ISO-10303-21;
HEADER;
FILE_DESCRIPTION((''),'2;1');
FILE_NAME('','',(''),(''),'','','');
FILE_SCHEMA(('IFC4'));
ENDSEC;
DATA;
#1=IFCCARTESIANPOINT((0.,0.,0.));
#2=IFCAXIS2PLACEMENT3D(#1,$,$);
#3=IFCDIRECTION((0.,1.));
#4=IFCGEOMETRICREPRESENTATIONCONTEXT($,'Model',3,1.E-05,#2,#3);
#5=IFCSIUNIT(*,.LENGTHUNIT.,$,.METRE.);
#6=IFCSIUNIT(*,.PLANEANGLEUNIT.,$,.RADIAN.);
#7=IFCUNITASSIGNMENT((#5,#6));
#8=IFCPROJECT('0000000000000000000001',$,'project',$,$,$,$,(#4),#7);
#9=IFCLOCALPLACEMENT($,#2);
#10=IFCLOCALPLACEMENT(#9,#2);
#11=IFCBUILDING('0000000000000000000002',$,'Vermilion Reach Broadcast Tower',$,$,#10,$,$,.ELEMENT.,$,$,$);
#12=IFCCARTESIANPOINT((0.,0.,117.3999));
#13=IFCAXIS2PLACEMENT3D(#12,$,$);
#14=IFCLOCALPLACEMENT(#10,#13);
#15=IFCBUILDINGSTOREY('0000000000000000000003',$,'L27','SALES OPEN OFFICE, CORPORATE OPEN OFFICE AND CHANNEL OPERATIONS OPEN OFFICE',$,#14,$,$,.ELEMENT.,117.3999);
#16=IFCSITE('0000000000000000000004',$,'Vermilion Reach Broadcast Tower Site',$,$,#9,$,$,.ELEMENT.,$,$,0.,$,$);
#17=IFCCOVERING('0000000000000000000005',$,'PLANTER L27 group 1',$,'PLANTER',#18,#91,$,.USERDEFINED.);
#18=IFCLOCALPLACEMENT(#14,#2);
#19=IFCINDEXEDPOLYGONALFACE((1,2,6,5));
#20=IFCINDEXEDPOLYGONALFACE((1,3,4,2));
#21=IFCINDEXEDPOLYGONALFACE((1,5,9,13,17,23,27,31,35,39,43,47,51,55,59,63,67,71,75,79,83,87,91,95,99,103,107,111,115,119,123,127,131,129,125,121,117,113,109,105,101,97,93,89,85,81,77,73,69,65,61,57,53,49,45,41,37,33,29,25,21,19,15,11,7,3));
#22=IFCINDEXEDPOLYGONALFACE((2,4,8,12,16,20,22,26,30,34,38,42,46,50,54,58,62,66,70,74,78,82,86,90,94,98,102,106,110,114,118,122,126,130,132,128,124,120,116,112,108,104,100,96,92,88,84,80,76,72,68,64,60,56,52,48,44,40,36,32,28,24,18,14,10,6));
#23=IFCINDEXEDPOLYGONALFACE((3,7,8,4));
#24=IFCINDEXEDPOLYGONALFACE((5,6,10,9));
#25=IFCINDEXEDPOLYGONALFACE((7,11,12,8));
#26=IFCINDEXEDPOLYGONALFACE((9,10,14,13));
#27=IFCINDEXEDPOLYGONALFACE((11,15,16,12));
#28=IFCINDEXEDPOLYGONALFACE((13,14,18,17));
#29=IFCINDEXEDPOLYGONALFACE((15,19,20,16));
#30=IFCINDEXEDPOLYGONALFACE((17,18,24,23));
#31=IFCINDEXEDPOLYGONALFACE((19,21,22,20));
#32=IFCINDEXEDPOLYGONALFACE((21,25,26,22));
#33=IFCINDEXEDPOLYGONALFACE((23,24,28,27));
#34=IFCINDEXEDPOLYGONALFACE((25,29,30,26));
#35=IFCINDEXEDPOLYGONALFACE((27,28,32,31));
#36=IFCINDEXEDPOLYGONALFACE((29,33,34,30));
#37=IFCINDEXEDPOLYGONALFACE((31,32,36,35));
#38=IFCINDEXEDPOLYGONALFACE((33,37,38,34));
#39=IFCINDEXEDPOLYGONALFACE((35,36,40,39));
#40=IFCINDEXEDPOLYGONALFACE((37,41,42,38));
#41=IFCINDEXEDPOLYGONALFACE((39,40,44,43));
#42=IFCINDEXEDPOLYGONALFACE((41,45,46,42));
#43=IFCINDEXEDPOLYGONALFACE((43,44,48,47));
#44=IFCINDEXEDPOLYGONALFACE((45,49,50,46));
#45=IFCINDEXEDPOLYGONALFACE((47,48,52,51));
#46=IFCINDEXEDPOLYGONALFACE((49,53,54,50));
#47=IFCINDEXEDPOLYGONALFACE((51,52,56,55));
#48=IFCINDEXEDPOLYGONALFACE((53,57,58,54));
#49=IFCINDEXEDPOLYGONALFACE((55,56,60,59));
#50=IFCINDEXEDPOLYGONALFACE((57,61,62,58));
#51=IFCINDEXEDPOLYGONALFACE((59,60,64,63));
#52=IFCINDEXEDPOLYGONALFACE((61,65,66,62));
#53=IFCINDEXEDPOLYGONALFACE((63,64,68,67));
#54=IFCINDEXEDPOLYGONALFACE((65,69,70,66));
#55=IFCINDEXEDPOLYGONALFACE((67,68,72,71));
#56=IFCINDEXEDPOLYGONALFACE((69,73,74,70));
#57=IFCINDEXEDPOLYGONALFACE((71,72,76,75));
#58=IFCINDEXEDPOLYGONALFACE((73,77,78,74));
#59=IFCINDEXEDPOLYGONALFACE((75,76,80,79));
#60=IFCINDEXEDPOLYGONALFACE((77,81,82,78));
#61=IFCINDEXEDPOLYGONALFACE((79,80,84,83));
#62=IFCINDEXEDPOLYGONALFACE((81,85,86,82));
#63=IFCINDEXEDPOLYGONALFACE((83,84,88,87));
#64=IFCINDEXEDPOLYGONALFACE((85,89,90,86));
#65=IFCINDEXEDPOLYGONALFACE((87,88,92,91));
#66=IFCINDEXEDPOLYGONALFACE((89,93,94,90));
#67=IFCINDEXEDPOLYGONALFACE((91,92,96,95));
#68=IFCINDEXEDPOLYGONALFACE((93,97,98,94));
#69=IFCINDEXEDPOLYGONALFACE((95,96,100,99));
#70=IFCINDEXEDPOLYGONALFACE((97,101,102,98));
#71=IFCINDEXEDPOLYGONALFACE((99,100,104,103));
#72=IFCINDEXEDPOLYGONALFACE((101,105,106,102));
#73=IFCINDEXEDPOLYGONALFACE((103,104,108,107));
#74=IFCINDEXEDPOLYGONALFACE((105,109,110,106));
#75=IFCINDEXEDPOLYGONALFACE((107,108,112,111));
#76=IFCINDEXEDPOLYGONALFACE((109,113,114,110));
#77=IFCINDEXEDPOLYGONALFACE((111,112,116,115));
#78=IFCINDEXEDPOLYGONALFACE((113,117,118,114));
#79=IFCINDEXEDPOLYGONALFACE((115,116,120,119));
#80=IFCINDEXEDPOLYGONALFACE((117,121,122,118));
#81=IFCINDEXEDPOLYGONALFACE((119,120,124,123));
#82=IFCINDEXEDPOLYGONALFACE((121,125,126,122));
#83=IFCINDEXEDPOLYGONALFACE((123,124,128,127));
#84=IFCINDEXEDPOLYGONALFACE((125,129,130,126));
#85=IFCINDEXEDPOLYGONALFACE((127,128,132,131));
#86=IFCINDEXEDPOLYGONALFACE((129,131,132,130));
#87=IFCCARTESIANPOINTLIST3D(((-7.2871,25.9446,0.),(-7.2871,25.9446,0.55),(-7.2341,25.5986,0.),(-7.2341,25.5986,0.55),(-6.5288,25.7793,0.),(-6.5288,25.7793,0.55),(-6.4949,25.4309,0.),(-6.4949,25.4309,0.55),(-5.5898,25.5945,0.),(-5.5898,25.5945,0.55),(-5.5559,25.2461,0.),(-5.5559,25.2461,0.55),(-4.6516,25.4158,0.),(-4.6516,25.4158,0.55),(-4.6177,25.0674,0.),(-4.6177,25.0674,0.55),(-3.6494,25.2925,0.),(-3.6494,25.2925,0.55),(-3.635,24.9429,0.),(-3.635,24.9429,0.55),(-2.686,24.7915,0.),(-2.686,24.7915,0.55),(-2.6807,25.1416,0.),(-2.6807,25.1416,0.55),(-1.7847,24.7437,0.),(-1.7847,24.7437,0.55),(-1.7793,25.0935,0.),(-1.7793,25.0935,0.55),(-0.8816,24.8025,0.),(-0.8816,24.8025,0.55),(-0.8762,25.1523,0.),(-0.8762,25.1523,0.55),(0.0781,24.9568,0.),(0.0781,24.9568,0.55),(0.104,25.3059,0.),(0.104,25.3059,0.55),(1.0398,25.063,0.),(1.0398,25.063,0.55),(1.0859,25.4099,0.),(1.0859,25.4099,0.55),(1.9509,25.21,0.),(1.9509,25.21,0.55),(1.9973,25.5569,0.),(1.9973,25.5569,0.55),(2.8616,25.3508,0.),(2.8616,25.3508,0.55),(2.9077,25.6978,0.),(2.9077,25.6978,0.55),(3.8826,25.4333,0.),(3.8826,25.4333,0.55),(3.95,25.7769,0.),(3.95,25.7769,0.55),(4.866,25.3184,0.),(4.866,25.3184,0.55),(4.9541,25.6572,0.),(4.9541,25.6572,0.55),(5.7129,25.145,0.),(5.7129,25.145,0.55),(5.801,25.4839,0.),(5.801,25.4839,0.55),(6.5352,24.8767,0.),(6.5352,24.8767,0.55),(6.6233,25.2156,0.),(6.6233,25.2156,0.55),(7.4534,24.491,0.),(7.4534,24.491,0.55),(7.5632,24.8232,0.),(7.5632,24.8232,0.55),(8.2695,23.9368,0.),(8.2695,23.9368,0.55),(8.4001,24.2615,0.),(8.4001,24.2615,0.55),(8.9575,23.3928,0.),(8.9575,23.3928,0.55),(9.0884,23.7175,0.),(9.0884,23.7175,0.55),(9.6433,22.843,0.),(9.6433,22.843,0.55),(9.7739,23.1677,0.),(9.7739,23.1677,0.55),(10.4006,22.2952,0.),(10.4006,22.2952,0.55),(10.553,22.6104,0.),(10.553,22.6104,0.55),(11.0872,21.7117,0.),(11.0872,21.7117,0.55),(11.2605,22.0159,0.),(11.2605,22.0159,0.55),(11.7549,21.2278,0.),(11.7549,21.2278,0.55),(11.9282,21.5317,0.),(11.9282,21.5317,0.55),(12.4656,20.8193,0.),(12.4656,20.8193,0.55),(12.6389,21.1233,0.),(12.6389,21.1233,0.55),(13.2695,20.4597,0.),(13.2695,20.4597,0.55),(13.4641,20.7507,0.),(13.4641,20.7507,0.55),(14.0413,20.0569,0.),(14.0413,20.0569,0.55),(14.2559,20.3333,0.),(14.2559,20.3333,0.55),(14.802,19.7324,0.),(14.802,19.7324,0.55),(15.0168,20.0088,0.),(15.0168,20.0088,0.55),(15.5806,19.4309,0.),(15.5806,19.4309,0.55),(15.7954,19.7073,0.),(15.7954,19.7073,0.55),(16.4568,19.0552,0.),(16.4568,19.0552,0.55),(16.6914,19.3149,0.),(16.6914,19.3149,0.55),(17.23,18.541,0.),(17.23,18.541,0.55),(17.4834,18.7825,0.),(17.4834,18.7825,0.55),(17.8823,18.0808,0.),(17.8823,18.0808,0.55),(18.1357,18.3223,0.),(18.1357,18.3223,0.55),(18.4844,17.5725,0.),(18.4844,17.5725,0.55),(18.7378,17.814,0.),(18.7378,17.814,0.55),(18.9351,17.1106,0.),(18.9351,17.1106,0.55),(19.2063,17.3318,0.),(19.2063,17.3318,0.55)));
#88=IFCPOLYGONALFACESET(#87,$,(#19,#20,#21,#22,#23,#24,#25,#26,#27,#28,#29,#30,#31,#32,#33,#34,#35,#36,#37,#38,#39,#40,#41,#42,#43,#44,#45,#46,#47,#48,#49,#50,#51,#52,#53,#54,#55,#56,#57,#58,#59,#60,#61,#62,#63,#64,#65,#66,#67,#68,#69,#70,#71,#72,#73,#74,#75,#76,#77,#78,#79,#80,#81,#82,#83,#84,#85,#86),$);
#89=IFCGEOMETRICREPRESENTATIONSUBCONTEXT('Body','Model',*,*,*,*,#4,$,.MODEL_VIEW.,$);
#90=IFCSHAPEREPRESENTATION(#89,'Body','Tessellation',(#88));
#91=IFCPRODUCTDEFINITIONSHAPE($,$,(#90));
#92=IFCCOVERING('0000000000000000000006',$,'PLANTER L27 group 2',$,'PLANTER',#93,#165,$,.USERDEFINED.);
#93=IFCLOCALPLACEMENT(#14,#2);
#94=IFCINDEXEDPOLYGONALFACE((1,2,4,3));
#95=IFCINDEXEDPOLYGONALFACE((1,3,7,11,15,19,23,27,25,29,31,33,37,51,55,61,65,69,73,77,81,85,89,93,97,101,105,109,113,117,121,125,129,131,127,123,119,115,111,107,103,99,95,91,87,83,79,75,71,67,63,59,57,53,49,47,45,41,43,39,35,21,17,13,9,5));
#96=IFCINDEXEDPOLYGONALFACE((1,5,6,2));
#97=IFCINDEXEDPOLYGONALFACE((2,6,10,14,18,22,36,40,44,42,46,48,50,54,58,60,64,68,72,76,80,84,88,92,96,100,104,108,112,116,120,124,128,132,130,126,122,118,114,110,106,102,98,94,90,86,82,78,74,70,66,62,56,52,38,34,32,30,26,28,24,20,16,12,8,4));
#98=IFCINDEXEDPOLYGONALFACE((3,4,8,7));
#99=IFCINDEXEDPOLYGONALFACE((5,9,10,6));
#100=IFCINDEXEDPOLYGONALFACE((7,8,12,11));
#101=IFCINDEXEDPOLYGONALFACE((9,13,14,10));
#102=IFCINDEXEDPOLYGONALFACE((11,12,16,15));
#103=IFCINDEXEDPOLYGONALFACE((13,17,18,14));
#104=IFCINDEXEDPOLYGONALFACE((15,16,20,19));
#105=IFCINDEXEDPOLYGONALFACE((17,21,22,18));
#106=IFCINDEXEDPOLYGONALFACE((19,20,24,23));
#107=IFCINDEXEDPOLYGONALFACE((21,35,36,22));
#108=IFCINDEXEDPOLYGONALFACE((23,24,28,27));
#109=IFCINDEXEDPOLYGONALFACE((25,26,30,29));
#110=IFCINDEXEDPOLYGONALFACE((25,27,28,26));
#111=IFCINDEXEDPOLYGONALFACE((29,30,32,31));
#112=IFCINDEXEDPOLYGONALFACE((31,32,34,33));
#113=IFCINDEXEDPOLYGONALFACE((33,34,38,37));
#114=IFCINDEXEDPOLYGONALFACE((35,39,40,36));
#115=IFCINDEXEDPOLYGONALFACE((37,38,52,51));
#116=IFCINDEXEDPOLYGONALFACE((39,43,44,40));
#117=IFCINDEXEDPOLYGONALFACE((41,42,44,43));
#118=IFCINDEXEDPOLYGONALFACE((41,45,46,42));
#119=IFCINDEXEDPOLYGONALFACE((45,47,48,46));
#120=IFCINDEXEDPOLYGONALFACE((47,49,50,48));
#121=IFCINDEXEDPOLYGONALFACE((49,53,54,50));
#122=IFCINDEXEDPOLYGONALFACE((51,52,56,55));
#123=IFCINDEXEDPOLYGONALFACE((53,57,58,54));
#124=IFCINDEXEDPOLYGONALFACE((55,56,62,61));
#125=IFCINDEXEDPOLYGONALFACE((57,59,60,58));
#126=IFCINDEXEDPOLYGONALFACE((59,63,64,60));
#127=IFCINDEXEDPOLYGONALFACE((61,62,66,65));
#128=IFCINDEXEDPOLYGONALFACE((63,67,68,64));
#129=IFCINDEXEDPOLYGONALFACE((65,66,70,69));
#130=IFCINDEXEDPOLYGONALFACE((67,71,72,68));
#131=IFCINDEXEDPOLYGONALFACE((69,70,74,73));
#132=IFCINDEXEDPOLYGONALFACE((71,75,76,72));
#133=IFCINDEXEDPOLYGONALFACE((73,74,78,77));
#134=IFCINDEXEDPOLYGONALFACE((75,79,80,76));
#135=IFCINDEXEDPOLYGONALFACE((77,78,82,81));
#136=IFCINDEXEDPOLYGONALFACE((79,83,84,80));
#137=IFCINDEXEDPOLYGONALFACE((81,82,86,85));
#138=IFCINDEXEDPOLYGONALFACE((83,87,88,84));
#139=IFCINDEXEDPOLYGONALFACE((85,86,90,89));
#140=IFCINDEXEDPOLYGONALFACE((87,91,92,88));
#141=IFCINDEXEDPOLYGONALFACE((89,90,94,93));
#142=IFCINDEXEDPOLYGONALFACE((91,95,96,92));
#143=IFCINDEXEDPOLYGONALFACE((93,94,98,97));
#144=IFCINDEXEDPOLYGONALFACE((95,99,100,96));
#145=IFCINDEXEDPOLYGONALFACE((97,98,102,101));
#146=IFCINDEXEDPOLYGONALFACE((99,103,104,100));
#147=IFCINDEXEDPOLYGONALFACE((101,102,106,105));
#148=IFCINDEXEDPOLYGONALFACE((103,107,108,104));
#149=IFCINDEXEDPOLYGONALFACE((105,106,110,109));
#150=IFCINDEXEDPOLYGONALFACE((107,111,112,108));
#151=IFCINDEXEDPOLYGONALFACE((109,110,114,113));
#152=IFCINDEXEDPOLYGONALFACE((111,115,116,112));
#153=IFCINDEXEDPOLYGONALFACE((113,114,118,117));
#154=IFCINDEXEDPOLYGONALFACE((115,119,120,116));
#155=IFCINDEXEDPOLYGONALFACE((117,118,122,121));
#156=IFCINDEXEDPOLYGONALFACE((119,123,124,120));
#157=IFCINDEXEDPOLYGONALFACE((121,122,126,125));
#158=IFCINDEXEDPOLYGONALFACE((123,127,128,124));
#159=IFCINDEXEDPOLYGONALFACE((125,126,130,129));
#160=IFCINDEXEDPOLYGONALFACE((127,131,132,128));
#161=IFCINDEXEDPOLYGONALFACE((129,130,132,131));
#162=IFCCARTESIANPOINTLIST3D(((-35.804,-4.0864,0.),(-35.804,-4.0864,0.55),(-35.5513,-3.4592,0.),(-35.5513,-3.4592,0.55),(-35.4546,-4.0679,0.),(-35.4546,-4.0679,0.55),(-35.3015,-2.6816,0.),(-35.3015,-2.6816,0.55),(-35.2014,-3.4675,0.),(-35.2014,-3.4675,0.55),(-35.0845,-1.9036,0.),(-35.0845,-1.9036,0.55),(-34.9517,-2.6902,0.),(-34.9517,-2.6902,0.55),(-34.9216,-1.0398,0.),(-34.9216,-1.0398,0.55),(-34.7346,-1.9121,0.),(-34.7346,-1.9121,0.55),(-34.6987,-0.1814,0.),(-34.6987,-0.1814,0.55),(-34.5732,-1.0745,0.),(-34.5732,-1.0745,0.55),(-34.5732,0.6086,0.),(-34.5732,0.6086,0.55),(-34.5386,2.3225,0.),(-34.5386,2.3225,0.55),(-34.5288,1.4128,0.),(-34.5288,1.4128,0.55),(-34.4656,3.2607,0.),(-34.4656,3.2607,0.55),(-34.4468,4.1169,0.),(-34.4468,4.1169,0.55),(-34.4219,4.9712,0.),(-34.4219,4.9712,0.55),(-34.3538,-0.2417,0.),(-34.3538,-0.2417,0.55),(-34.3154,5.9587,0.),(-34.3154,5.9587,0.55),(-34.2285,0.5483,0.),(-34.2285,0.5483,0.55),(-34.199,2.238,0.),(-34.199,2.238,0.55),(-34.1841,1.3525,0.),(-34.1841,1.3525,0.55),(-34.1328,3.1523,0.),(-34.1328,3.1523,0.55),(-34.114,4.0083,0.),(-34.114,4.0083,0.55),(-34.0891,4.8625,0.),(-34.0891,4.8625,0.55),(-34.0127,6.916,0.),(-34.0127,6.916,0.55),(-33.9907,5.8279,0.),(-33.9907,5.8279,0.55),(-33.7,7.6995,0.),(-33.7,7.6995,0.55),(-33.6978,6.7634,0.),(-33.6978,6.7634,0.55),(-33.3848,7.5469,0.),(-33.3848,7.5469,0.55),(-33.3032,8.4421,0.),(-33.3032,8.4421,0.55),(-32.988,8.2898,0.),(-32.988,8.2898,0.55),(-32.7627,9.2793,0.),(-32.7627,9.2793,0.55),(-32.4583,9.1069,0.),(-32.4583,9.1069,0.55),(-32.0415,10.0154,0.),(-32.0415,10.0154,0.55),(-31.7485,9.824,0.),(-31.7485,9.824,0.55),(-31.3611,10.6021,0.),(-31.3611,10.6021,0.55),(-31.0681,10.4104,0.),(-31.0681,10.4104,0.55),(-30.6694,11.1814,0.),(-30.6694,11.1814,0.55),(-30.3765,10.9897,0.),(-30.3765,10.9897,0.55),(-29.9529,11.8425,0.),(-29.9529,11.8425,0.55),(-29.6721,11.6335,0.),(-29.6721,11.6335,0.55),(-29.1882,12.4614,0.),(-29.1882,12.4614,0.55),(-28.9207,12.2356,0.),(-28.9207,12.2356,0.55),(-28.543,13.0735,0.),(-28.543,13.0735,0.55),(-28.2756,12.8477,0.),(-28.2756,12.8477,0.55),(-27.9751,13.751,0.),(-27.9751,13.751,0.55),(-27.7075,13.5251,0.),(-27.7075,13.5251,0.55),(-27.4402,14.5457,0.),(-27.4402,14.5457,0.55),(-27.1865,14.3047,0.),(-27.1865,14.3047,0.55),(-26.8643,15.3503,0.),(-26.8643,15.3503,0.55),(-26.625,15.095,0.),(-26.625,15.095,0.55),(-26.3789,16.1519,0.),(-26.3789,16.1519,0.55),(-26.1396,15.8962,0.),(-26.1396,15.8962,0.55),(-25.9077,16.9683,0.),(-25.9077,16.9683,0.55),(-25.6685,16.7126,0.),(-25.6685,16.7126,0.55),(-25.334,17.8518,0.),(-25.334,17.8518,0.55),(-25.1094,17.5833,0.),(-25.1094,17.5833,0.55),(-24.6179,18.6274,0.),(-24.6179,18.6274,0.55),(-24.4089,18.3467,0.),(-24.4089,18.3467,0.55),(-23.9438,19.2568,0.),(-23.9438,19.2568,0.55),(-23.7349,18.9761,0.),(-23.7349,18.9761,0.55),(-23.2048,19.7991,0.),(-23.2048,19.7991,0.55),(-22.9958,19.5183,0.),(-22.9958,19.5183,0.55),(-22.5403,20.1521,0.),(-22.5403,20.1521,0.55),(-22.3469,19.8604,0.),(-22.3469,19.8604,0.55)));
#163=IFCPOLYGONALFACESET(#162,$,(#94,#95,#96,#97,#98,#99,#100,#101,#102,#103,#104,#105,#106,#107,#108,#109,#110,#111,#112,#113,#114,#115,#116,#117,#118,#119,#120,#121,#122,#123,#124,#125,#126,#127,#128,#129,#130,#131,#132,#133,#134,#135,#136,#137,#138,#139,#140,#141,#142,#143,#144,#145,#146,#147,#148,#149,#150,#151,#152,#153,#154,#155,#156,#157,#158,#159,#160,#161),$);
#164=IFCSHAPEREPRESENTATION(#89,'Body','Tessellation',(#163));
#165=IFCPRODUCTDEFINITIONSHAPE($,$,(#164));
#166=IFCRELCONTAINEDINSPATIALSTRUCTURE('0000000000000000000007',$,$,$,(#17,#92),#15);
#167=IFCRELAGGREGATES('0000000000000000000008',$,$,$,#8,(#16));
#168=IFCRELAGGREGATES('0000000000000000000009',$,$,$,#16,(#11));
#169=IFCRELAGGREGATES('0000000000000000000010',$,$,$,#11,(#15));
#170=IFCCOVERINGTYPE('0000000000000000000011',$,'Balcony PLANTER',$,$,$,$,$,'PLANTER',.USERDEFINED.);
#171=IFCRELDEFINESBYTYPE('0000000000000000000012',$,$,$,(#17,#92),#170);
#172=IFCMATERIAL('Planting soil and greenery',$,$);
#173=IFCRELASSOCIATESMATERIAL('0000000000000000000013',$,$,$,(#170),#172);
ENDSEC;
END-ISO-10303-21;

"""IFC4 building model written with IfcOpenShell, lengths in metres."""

from ifc_helpers import new_model, si_unit, direction, frame, origin, place, context, subcontext, project, spatial, polyline, outline, extrude, material, type_object, element, save


model = new_model("IFC4")

# Units and contexts
model_context = context("Model", 3, precision=1e-05, world=origin(), true_north=direction((0.0, 1.0)))
body_context = subcontext(model_context, "Body", "Model", "MODEL_VIEW")
ifc_project = project(units=[si_unit("LENGTHUNIT", "METRE"), si_unit("PLANEANGLEUNIT", "RADIAN")], contexts=[model_context])

# Site, building, storey
site_placement = place(None, origin())
site = spatial("IfcSite", under=ifc_project, at=site_placement, Name="Vermilion Reach Broadcast Tower Site", CompositionType="ELEMENT", RefElevation=0.0)
building_placement = place(site_placement, origin())
building = spatial("IfcBuilding", under=site, at=building_placement, Name="Vermilion Reach Broadcast Tower", CompositionType="ELEMENT")
storey_placement = place(building_placement, frame((0.0, 0.0, 117.3999)))
storey = spatial("IfcBuildingStorey", under=building, at=storey_placement, Name="L27", Description="SALES OPEN OFFICE, CORPORATE OPEN OFFICE AND CHANNEL OPERATIONS OPEN OFFICE", CompositionType="ELEMENT", Elevation=117.3999)

# Shared definitions
placement_1 = place(storey_placement, origin())

# Coverings
ifc_material_1 = material(Name="Planting soil and greenery")
covering_type = type_object("IfcCoveringType", Name="Balcony PLANTER", ElementType="PLANTER", PredefinedType="USERDEFINED", material=ifc_material_1)
element("IfcCovering", 1, at=placement_1, inside=storey, type_object=covering_type, Name="PLANTER L27 group 1", ObjectType="PLANTER", PredefinedType="USERDEFINED", context=body_context, shape_type="SweptSolid", body=[
    extrude(outline(polyline([(19.2063, 17.3318), (18.7378, 17.814), (18.1357, 18.3223), (17.4834, 18.7825), (16.6914, 19.3149), (15.7954, 19.7073), (15.0168, 20.0088), (14.2559, 20.3333), (13.4641, 20.7507), (12.6389, 21.1233), (11.9282, 21.5317), (11.2605, 22.0159), (10.553, 22.6104), (9.7739, 23.1677), (9.0884, 23.7175), (8.4001, 24.2615), (7.5632, 24.8232), (6.6233, 25.2156), (5.801, 25.4839), (4.9541, 25.6572), (3.95, 25.7769), (2.9077, 25.6978), (1.9973, 25.5569), (1.0859, 25.4099), (0.104, 25.3059), (-0.8762, 25.1523), (-1.7793, 25.0935), (-2.6807, 25.1416), (-3.6494, 25.2925), (-4.6516, 25.4158), (-5.5898, 25.5945), (-6.5288, 25.7793), (-7.2871, 25.9446), (-7.2341, 25.5986), (-6.4949, 25.4309), (-5.5559, 25.2461), (-4.6177, 25.0674), (-3.635, 24.9429), (-2.686, 24.7915), (-1.7847, 24.7437), (-0.8816, 24.8025), (0.0781, 24.9568), (1.0398, 25.063), (1.9509, 25.21), (2.8616, 25.3508), (3.8826, 25.4333), (4.866, 25.3184), (5.7129, 25.145), (6.5352, 24.8767), (7.4534, 24.491), (8.2695, 23.9368), (8.9575, 23.3928), (9.6433, 22.843), (10.4006, 22.2952), (11.0872, 21.7117), (11.7549, 21.2278), (12.4656, 20.8193), (13.2695, 20.4597), (14.0413, 20.0569), (14.802, 19.7324), (15.5806, 19.4309), (16.4568, 19.0552), (17.23, 18.541), (17.8823, 18.0808), (18.4844, 17.5725), (18.9351, 17.1106), (19.2063, 17.3318)])), origin(), (0.0, 0.0, 1.0), 0.55),
])
element("IfcCovering", 2, at=placement_1, inside=storey, type_object=covering_type, Name="PLANTER L27 group 2", ObjectType="PLANTER", PredefinedType="USERDEFINED", context=body_context, shape_type="SweptSolid", body=[
    extrude(outline(polyline([(-22.5403, 20.1521), (-23.2048, 19.7991), (-23.9438, 19.2568), (-24.6179, 18.6274), (-25.334, 17.8518), (-25.9077, 16.9683), (-26.3789, 16.1519), (-26.8643, 15.3503), (-27.4402, 14.5457), (-27.9751, 13.751), (-28.543, 13.0735), (-29.1882, 12.4614), (-29.9529, 11.8425), (-30.6694, 11.1814), (-31.3611, 10.6021), (-32.0415, 10.0154), (-32.7627, 9.2793), (-33.3032, 8.4421), (-33.7, 7.6995), (-34.0127, 6.916), (-34.3154, 5.9587), (-34.4219, 4.9712), (-34.4468, 4.1169), (-34.4656, 3.2607), (-34.5386, 2.3225), (-34.5288, 1.4128), (-34.5732, 0.6086), (-34.6987, -0.1814), (-34.9216, -1.0398), (-35.0845, -1.9036), (-35.3015, -2.6816), (-35.5513, -3.4592), (-35.804, -4.0864), (-35.4546, -4.0679), (-35.2014, -3.4675), (-34.9517, -2.6902), (-34.7346, -1.9121), (-34.5732, -1.0745), (-34.3538, -0.2417), (-34.2285, 0.5483), (-34.1841, 1.3525), (-34.199, 2.238), (-34.1328, 3.1523), (-34.114, 4.0083), (-34.0891, 4.8625), (-33.9907, 5.8279), (-33.6978, 6.7634), (-33.3848, 7.5469), (-32.988, 8.2898), (-32.4583, 9.1069), (-31.7485, 9.824), (-31.0681, 10.4104), (-30.3765, 10.9897), (-29.6721, 11.6335), (-28.9207, 12.2356), (-28.2756, 12.8477), (-27.7075, 13.5251), (-27.1865, 14.3047), (-26.625, 15.095), (-26.1396, 15.8962), (-25.6685, 16.7126), (-25.1094, 17.5833), (-24.4089, 18.3467), (-23.7349, 18.9761), (-22.9958, 19.5183), (-22.3469, 19.8604), (-22.5403, 20.1521)])), origin(), (0.0, 0.0, 1.0), 0.55),
])

save(model, "model.ifc")
